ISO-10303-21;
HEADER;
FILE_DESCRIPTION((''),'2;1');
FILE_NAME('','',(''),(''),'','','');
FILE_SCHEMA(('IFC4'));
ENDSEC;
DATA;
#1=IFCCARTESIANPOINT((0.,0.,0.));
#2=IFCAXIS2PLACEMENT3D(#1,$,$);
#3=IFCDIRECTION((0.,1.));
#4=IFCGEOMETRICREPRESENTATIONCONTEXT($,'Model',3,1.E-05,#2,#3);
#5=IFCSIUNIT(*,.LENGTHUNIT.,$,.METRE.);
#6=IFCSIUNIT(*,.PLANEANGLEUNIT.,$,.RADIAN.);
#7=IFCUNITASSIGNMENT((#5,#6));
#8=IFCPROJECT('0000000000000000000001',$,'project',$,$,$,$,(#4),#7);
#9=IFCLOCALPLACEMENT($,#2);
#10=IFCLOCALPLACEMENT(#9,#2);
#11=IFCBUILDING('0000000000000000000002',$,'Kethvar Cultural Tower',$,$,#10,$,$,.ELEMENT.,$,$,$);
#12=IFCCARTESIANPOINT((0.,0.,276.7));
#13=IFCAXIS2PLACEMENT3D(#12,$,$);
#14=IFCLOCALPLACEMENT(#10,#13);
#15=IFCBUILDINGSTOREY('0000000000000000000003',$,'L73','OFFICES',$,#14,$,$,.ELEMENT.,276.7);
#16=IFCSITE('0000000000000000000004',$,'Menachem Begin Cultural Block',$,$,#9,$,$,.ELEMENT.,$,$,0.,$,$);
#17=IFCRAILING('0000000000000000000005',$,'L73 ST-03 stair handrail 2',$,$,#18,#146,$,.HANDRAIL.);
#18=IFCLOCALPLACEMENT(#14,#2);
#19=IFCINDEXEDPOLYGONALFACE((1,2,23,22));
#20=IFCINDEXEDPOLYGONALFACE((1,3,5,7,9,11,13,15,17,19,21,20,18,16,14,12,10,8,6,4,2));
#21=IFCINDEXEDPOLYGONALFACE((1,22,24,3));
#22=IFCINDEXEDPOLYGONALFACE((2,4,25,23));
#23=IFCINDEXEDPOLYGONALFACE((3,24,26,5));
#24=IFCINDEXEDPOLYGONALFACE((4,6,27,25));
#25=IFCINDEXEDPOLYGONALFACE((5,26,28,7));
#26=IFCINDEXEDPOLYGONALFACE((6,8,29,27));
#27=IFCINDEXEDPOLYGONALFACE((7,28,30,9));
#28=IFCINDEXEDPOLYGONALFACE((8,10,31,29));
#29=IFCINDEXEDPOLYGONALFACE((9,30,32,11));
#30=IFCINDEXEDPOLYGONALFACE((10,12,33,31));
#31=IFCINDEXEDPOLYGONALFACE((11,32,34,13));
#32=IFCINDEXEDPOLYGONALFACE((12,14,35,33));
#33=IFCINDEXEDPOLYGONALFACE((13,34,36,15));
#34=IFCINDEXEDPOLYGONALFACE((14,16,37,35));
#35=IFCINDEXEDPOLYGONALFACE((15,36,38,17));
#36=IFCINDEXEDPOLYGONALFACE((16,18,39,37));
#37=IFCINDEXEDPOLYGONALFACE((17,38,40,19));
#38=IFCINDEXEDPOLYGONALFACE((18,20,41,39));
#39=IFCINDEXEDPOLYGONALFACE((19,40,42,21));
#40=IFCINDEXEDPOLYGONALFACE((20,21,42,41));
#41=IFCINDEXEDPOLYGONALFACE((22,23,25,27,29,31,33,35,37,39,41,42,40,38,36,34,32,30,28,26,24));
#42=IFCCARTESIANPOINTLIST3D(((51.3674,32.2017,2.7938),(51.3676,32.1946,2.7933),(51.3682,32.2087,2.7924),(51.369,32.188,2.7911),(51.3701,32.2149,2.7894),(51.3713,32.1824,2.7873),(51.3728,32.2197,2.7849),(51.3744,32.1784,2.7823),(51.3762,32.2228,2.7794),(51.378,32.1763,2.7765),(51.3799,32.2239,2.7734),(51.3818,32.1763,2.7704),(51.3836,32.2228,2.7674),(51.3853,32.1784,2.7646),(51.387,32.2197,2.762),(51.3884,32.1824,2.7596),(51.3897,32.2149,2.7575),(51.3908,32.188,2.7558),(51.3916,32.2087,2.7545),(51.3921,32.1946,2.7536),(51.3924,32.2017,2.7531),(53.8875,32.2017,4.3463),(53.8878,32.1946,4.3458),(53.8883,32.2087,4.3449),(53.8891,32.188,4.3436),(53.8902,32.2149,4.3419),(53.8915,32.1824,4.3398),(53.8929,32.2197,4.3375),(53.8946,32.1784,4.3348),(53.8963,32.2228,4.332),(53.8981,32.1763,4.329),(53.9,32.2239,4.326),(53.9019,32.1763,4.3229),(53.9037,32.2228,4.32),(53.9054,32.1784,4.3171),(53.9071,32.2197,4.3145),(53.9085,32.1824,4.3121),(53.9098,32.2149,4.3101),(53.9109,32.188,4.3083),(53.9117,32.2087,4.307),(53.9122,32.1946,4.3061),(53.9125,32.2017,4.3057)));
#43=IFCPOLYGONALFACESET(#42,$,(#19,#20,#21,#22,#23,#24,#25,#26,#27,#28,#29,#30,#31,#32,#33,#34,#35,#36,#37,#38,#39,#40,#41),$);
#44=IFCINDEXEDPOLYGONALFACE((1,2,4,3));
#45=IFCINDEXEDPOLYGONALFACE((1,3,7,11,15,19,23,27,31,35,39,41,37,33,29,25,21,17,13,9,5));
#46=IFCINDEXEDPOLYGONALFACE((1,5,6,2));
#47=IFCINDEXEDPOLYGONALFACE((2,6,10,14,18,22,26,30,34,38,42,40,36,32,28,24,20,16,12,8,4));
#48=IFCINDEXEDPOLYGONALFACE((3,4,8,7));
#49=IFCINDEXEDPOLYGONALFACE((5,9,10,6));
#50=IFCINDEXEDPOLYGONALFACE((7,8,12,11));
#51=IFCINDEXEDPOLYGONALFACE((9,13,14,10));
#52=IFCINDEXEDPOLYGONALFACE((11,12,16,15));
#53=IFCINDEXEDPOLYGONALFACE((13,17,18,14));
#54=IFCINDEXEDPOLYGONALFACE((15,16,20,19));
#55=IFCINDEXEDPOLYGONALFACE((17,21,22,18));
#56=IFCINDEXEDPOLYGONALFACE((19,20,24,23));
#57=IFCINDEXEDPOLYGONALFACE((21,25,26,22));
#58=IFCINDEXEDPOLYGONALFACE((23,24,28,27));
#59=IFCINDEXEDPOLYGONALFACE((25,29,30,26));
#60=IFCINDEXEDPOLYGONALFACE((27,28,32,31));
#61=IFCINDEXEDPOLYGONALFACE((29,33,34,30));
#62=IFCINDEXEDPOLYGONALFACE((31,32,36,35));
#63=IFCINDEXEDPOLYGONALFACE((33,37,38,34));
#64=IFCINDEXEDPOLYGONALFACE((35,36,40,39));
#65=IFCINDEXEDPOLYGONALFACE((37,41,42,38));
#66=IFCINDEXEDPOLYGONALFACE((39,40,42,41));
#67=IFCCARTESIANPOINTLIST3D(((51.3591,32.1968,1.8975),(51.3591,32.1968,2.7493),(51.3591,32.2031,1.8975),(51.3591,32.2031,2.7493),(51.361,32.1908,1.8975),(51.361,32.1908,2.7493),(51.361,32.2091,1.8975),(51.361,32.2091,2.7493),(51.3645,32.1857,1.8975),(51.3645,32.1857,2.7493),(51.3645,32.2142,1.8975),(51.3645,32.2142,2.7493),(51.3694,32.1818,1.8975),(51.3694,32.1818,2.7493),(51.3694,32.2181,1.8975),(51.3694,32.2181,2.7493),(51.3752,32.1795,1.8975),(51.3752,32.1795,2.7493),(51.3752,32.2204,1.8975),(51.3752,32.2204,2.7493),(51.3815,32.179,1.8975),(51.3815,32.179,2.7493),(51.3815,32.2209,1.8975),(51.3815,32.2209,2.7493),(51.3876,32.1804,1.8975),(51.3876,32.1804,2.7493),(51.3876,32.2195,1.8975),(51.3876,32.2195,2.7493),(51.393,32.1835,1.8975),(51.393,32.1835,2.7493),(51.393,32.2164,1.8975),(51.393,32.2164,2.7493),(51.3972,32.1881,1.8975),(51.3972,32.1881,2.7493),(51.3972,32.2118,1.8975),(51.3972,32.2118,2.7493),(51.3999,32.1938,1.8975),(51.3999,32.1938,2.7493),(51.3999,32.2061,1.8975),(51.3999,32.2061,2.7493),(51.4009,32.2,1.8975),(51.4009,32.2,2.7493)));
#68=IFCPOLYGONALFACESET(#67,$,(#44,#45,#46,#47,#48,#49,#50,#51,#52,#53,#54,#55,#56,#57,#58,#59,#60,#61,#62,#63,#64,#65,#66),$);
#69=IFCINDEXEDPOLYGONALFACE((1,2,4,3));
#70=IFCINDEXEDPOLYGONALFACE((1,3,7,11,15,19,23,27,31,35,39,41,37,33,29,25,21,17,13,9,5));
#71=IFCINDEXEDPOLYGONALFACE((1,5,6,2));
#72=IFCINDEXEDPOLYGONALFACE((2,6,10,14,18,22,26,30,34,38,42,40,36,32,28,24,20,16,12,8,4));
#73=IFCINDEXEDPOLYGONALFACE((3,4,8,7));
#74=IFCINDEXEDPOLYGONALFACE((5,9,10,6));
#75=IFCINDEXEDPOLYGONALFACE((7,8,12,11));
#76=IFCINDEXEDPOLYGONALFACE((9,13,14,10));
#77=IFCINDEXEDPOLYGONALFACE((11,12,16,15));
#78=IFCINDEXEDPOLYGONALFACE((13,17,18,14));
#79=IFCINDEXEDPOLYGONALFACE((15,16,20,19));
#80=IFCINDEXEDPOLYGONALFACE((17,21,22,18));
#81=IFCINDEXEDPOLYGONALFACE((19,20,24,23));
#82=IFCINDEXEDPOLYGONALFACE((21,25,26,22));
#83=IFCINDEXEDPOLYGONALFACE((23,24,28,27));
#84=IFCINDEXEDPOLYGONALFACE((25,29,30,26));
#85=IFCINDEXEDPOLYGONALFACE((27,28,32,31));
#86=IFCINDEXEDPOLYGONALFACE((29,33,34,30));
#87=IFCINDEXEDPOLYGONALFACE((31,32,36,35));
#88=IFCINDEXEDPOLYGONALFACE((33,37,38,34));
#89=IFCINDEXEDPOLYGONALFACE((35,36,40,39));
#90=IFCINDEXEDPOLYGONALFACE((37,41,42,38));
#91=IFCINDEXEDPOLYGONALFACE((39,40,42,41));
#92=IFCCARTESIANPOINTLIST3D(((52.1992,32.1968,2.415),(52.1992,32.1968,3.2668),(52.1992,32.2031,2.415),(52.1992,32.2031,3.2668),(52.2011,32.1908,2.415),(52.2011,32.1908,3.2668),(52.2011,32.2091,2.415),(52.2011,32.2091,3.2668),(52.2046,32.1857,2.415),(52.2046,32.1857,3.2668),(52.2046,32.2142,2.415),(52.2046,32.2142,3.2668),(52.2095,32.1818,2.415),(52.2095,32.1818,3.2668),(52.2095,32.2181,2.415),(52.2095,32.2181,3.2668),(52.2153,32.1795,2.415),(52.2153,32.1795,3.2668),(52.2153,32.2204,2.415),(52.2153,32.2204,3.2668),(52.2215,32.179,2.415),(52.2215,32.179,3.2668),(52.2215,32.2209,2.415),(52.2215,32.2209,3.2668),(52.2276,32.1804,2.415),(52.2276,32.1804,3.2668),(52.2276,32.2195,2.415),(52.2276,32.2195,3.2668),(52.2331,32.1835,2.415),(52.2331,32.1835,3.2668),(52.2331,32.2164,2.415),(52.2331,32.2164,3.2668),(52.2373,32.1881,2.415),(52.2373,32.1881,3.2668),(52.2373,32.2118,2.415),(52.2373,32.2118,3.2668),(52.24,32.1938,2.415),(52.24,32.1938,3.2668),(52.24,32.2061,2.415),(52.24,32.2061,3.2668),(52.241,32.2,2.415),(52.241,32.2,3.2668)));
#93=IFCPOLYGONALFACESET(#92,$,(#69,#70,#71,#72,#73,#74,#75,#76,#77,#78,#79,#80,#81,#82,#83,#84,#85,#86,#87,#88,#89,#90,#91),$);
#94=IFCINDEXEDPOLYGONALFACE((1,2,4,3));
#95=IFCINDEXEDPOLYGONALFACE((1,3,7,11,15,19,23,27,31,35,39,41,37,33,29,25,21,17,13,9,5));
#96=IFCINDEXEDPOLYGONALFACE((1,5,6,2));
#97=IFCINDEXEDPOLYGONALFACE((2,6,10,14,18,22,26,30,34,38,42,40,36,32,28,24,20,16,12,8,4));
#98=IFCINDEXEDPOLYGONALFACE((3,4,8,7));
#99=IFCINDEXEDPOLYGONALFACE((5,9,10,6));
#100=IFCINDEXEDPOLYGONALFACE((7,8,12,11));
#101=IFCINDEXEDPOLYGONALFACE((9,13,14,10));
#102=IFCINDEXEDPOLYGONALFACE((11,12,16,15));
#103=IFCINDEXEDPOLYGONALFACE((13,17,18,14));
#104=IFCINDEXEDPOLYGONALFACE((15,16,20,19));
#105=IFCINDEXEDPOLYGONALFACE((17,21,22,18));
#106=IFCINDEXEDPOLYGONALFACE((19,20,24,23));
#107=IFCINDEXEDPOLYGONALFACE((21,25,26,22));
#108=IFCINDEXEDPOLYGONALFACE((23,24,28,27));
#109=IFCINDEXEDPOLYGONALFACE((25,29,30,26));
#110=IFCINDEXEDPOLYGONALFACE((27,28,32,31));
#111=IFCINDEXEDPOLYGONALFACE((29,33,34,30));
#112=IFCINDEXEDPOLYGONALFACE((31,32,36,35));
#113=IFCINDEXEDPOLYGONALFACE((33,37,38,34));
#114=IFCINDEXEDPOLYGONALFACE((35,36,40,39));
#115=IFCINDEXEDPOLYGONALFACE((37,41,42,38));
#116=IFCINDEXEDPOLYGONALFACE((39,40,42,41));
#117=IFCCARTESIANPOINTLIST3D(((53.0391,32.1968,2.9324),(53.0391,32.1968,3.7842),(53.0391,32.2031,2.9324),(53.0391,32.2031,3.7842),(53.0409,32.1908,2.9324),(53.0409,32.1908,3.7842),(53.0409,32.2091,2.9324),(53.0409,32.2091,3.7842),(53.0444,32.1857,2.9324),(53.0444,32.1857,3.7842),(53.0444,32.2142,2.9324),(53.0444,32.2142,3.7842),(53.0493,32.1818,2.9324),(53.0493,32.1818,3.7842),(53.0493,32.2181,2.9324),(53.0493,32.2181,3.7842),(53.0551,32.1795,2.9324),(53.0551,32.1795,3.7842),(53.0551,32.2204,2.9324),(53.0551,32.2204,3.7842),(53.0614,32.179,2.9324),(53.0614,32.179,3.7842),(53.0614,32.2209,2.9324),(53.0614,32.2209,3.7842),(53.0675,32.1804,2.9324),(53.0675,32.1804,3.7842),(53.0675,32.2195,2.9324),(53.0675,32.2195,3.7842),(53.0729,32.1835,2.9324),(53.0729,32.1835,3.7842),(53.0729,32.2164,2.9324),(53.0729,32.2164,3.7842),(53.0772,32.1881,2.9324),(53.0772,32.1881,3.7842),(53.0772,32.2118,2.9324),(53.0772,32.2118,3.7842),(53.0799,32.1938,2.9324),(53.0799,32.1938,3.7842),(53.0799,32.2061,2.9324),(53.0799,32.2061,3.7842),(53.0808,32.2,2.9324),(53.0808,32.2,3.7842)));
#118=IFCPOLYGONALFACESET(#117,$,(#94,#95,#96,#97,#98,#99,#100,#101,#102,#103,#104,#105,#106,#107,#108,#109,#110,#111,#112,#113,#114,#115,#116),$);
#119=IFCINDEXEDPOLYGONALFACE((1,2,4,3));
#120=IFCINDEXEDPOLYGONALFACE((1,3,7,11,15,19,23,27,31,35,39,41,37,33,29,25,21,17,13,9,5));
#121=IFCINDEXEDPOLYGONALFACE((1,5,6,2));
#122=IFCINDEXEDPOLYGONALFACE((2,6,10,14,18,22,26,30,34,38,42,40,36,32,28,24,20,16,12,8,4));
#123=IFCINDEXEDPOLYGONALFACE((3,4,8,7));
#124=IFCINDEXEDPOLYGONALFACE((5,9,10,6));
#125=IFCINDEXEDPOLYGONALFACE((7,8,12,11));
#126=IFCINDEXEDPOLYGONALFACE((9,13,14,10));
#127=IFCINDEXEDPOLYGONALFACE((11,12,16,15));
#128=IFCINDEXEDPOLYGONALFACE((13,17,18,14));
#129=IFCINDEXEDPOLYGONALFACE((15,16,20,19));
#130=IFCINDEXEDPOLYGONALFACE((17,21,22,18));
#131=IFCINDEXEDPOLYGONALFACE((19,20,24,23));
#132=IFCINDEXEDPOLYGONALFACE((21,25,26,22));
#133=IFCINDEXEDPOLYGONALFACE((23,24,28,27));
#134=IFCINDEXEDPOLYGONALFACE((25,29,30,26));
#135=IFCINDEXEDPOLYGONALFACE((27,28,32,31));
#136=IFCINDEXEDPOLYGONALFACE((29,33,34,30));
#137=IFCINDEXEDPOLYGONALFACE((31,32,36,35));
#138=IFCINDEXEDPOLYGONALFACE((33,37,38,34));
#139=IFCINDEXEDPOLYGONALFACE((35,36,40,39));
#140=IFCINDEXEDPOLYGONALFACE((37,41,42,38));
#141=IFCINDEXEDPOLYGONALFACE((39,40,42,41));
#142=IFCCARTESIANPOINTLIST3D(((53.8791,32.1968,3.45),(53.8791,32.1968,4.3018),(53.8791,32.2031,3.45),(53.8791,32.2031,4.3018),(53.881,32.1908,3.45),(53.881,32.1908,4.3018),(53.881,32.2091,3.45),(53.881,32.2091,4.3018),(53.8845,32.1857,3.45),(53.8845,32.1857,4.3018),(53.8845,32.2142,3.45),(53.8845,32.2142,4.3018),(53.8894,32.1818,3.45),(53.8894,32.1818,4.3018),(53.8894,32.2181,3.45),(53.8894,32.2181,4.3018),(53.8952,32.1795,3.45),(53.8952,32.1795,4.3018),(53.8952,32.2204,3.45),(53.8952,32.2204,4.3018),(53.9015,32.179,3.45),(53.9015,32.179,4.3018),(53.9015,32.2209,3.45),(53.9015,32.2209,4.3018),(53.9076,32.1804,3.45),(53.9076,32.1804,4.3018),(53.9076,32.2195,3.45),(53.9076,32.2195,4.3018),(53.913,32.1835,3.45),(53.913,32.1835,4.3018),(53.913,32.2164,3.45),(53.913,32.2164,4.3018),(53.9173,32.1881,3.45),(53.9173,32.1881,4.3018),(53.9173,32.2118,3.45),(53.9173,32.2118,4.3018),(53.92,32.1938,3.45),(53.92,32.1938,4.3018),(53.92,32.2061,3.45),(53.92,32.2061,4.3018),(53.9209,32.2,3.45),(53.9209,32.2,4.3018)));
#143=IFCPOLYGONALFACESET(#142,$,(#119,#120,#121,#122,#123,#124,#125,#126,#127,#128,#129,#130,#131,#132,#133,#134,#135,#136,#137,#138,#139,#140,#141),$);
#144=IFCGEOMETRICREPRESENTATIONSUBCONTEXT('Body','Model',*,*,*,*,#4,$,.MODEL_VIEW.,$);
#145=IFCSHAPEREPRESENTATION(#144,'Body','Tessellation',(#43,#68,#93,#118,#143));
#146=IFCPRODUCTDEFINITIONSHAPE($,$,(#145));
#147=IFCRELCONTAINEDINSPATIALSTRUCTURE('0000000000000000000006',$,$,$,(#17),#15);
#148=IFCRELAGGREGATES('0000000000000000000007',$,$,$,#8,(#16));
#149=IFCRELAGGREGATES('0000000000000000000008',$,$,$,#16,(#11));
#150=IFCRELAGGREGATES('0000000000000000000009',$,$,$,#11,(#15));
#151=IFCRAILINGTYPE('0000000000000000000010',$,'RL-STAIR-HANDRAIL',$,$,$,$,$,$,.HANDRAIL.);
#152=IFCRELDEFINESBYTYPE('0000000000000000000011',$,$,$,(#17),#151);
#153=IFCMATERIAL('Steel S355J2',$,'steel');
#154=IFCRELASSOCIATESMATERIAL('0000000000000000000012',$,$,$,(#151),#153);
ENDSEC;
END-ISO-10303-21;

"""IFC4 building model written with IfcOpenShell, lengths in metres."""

from ifc_helpers import new_model, si_unit, direction, frame, origin, origin_2d, place, context, subcontext, project, spatial, circle, extrude, material, type_object, element, save


model = new_model("IFC4")

# Units and contexts
model_context = context("Model", 3, precision=1e-05, world=origin(), true_north=direction((0.0, 1.0)))
body_context = subcontext(model_context, "Body", "Model", "MODEL_VIEW")
ifc_project = project(units=[si_unit("LENGTHUNIT", "METRE"), si_unit("PLANEANGLEUNIT", "RADIAN")], contexts=[model_context])

# Site, building, storey
site_placement = place(None, origin())
site = spatial("IfcSite", under=ifc_project, at=site_placement, Name="Menachem Begin Cultural Block", CompositionType="ELEMENT", RefElevation=0.0)
building_placement = place(site_placement, origin())
building = spatial("IfcBuilding", under=site, at=building_placement, Name="Kethvar Cultural Tower", CompositionType="ELEMENT")
storey_placement = place(building_placement, frame((0.0, 0.0, 276.7)))
storey = spatial("IfcBuildingStorey", under=building, at=storey_placement, Name="L73", Description="OFFICES", CompositionType="ELEMENT", Elevation=276.7)

# Shared definitions
ifc_material_1 = material(Name="Steel S355J2", Category="steel")

# Railing
railing_type_1 = type_object("IfcRailingType", Name="RL-STAIR-HANDRAIL", PredefinedType="HANDRAIL", material=ifc_material_1)
railing_1_placement = place(storey_placement, frame((51.3799, 32.2, 1.8975)))
element("IfcRailing", 1, at=railing_1_placement, inside=storey, type_object=railing_type_1, Name="L73 ST-03 stair handrail 2", PredefinedType="HANDRAIL", context=body_context, shape_type="SweptSolid", body=[
    extrude(circle(Radius=0.0239, at=origin_2d()), frame((0.0, 0.0, 0.876), z_axis=(0.8514, 0.0, 0.524516), x_axis=(0.0, 1.0, 0.0)), (0.0, 0.0, 1.0), 2.96),
    extrude(circle(Radius=0.021, at=origin_2d()), origin(), (0.0, 0.0, 1.0), 0.8518),
    extrude(circle(Radius=0.021, at=origin_2d()), frame((0.8401, 0.0, 0.5176)), (0.0, 0.0, 1.0), 0.8518),
    extrude(circle(Radius=0.021, at=origin_2d()), frame((1.6799, 0.0, 1.0349)), (0.0, 0.0, 1.0), 0.8518),
    extrude(circle(Radius=0.021, at=origin_2d()), frame((2.52, 0.0, 1.5525)), (0.0, 0.0, 1.0), 0.8518),
])

save(model, "model.ifc")
